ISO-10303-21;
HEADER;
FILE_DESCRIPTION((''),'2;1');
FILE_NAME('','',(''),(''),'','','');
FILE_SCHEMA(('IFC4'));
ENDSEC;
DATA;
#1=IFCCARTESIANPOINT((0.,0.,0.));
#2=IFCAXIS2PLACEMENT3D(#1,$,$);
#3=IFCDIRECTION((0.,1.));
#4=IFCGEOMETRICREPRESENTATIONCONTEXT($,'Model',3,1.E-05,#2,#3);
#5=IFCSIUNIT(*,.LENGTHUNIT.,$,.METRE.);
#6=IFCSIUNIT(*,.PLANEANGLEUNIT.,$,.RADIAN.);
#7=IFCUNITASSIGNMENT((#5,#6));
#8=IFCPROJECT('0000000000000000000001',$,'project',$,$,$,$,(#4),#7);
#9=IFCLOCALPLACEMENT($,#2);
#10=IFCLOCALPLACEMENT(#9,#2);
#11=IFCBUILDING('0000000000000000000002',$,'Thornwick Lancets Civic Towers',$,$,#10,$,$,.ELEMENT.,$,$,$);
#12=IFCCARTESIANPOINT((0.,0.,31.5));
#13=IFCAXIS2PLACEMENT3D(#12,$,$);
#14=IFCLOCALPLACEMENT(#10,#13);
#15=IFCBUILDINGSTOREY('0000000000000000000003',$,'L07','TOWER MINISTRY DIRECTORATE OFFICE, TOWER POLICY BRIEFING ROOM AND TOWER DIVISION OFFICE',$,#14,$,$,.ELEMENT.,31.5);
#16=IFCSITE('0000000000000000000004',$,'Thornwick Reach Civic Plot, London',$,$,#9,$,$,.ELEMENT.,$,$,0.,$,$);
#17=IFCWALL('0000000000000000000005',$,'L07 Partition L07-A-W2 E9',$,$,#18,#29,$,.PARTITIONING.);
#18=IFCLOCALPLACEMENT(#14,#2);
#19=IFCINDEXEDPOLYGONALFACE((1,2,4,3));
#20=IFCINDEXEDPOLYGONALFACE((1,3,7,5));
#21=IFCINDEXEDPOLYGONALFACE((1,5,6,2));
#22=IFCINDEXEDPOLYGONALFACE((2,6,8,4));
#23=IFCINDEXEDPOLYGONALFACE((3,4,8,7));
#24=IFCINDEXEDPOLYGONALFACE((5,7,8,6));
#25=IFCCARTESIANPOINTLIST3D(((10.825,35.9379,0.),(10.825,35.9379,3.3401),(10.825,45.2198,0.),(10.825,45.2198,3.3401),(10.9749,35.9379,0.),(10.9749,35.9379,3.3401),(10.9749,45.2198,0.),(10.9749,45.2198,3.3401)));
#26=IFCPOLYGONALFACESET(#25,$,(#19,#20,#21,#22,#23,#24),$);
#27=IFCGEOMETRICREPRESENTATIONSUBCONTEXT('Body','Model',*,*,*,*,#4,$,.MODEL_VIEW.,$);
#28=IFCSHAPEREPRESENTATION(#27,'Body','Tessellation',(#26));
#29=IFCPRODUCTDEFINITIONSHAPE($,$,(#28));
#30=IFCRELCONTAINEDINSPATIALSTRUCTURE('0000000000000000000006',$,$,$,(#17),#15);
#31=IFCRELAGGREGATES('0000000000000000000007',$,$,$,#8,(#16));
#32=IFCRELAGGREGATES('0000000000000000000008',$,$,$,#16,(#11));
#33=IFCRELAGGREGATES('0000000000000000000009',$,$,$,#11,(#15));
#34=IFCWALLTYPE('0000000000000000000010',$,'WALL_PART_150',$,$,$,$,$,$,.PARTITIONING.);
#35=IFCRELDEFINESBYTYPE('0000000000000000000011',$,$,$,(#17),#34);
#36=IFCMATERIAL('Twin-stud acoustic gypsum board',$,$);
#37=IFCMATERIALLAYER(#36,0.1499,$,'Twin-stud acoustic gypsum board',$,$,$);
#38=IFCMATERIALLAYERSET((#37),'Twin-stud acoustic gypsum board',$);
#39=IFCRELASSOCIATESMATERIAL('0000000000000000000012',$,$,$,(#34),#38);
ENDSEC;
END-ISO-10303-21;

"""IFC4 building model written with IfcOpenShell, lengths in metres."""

from ifc_helpers import new_model, si_unit, direction, frame, frame_2d, origin, place, context, subcontext, project, spatial, rectangle, extrude, material, layer, layer_set, type_object, element, save


model = new_model("IFC4")

# Units and contexts
model_context = context("Model", 3, precision=1e-05, world=origin(), true_north=direction((0.0, 1.0)))
body_context = subcontext(model_context, "Body", "Model", "MODEL_VIEW")
ifc_project = project(units=[si_unit("LENGTHUNIT", "METRE"), si_unit("PLANEANGLEUNIT", "RADIAN")], contexts=[model_context])

# Site, building, storey
site_placement = place(None, origin())
site = spatial("IfcSite", under=ifc_project, at=site_placement, Name="Thornwick Reach Civic Plot, London", CompositionType="ELEMENT", RefElevation=0.0)
building_placement = place(site_placement, origin())
building = spatial("IfcBuilding", under=site, at=building_placement, Name="Thornwick Lancets Civic Towers", CompositionType="ELEMENT")
storey_placement = place(building_placement, frame((0.0, 0.0, 31.5)))
storey = spatial("IfcBuildingStorey", under=building, at=storey_placement, Name="L07", Description="TOWER MINISTRY DIRECTORATE OFFICE, TOWER POLICY BRIEFING ROOM AND TOWER DIVISION OFFICE", CompositionType="ELEMENT", Elevation=31.5)

# Wall
ifc_material_1 = material(Name="Twin-stud acoustic gypsum board")
ifc_layer_1 = layer(ifc_material_1, 0.1499, Name="Twin-stud acoustic gypsum board")
ifc_layer_set_1 = layer_set([ifc_layer_1], Name="Twin-stud acoustic gypsum board")
wall_type_1 = type_object("IfcWallType", Name="WALL_PART_150", PredefinedType="PARTITIONING", material=ifc_layer_set_1)
wall_1_placement = place(storey_placement, frame((10.8999, 45.22, 0.0), z_axis=(0.0, 0.0, 1.0), x_axis=(0.0, -1.0, 0.0)))
element("IfcWall", 1, at=wall_1_placement, inside=storey, type_object=wall_type_1, Name="L07 Partition L07-A-W2 E9", PredefinedType="PARTITIONING", context=body_context, shape_type="SweptSolid", body=[
    extrude(rectangle(XDim=9.282, YDim=0.1499, at=frame_2d((4.6411, 0.0))), origin(), (0.0, 0.0, 1.0), 3.3401),
])

save(model, "model.ifc")
